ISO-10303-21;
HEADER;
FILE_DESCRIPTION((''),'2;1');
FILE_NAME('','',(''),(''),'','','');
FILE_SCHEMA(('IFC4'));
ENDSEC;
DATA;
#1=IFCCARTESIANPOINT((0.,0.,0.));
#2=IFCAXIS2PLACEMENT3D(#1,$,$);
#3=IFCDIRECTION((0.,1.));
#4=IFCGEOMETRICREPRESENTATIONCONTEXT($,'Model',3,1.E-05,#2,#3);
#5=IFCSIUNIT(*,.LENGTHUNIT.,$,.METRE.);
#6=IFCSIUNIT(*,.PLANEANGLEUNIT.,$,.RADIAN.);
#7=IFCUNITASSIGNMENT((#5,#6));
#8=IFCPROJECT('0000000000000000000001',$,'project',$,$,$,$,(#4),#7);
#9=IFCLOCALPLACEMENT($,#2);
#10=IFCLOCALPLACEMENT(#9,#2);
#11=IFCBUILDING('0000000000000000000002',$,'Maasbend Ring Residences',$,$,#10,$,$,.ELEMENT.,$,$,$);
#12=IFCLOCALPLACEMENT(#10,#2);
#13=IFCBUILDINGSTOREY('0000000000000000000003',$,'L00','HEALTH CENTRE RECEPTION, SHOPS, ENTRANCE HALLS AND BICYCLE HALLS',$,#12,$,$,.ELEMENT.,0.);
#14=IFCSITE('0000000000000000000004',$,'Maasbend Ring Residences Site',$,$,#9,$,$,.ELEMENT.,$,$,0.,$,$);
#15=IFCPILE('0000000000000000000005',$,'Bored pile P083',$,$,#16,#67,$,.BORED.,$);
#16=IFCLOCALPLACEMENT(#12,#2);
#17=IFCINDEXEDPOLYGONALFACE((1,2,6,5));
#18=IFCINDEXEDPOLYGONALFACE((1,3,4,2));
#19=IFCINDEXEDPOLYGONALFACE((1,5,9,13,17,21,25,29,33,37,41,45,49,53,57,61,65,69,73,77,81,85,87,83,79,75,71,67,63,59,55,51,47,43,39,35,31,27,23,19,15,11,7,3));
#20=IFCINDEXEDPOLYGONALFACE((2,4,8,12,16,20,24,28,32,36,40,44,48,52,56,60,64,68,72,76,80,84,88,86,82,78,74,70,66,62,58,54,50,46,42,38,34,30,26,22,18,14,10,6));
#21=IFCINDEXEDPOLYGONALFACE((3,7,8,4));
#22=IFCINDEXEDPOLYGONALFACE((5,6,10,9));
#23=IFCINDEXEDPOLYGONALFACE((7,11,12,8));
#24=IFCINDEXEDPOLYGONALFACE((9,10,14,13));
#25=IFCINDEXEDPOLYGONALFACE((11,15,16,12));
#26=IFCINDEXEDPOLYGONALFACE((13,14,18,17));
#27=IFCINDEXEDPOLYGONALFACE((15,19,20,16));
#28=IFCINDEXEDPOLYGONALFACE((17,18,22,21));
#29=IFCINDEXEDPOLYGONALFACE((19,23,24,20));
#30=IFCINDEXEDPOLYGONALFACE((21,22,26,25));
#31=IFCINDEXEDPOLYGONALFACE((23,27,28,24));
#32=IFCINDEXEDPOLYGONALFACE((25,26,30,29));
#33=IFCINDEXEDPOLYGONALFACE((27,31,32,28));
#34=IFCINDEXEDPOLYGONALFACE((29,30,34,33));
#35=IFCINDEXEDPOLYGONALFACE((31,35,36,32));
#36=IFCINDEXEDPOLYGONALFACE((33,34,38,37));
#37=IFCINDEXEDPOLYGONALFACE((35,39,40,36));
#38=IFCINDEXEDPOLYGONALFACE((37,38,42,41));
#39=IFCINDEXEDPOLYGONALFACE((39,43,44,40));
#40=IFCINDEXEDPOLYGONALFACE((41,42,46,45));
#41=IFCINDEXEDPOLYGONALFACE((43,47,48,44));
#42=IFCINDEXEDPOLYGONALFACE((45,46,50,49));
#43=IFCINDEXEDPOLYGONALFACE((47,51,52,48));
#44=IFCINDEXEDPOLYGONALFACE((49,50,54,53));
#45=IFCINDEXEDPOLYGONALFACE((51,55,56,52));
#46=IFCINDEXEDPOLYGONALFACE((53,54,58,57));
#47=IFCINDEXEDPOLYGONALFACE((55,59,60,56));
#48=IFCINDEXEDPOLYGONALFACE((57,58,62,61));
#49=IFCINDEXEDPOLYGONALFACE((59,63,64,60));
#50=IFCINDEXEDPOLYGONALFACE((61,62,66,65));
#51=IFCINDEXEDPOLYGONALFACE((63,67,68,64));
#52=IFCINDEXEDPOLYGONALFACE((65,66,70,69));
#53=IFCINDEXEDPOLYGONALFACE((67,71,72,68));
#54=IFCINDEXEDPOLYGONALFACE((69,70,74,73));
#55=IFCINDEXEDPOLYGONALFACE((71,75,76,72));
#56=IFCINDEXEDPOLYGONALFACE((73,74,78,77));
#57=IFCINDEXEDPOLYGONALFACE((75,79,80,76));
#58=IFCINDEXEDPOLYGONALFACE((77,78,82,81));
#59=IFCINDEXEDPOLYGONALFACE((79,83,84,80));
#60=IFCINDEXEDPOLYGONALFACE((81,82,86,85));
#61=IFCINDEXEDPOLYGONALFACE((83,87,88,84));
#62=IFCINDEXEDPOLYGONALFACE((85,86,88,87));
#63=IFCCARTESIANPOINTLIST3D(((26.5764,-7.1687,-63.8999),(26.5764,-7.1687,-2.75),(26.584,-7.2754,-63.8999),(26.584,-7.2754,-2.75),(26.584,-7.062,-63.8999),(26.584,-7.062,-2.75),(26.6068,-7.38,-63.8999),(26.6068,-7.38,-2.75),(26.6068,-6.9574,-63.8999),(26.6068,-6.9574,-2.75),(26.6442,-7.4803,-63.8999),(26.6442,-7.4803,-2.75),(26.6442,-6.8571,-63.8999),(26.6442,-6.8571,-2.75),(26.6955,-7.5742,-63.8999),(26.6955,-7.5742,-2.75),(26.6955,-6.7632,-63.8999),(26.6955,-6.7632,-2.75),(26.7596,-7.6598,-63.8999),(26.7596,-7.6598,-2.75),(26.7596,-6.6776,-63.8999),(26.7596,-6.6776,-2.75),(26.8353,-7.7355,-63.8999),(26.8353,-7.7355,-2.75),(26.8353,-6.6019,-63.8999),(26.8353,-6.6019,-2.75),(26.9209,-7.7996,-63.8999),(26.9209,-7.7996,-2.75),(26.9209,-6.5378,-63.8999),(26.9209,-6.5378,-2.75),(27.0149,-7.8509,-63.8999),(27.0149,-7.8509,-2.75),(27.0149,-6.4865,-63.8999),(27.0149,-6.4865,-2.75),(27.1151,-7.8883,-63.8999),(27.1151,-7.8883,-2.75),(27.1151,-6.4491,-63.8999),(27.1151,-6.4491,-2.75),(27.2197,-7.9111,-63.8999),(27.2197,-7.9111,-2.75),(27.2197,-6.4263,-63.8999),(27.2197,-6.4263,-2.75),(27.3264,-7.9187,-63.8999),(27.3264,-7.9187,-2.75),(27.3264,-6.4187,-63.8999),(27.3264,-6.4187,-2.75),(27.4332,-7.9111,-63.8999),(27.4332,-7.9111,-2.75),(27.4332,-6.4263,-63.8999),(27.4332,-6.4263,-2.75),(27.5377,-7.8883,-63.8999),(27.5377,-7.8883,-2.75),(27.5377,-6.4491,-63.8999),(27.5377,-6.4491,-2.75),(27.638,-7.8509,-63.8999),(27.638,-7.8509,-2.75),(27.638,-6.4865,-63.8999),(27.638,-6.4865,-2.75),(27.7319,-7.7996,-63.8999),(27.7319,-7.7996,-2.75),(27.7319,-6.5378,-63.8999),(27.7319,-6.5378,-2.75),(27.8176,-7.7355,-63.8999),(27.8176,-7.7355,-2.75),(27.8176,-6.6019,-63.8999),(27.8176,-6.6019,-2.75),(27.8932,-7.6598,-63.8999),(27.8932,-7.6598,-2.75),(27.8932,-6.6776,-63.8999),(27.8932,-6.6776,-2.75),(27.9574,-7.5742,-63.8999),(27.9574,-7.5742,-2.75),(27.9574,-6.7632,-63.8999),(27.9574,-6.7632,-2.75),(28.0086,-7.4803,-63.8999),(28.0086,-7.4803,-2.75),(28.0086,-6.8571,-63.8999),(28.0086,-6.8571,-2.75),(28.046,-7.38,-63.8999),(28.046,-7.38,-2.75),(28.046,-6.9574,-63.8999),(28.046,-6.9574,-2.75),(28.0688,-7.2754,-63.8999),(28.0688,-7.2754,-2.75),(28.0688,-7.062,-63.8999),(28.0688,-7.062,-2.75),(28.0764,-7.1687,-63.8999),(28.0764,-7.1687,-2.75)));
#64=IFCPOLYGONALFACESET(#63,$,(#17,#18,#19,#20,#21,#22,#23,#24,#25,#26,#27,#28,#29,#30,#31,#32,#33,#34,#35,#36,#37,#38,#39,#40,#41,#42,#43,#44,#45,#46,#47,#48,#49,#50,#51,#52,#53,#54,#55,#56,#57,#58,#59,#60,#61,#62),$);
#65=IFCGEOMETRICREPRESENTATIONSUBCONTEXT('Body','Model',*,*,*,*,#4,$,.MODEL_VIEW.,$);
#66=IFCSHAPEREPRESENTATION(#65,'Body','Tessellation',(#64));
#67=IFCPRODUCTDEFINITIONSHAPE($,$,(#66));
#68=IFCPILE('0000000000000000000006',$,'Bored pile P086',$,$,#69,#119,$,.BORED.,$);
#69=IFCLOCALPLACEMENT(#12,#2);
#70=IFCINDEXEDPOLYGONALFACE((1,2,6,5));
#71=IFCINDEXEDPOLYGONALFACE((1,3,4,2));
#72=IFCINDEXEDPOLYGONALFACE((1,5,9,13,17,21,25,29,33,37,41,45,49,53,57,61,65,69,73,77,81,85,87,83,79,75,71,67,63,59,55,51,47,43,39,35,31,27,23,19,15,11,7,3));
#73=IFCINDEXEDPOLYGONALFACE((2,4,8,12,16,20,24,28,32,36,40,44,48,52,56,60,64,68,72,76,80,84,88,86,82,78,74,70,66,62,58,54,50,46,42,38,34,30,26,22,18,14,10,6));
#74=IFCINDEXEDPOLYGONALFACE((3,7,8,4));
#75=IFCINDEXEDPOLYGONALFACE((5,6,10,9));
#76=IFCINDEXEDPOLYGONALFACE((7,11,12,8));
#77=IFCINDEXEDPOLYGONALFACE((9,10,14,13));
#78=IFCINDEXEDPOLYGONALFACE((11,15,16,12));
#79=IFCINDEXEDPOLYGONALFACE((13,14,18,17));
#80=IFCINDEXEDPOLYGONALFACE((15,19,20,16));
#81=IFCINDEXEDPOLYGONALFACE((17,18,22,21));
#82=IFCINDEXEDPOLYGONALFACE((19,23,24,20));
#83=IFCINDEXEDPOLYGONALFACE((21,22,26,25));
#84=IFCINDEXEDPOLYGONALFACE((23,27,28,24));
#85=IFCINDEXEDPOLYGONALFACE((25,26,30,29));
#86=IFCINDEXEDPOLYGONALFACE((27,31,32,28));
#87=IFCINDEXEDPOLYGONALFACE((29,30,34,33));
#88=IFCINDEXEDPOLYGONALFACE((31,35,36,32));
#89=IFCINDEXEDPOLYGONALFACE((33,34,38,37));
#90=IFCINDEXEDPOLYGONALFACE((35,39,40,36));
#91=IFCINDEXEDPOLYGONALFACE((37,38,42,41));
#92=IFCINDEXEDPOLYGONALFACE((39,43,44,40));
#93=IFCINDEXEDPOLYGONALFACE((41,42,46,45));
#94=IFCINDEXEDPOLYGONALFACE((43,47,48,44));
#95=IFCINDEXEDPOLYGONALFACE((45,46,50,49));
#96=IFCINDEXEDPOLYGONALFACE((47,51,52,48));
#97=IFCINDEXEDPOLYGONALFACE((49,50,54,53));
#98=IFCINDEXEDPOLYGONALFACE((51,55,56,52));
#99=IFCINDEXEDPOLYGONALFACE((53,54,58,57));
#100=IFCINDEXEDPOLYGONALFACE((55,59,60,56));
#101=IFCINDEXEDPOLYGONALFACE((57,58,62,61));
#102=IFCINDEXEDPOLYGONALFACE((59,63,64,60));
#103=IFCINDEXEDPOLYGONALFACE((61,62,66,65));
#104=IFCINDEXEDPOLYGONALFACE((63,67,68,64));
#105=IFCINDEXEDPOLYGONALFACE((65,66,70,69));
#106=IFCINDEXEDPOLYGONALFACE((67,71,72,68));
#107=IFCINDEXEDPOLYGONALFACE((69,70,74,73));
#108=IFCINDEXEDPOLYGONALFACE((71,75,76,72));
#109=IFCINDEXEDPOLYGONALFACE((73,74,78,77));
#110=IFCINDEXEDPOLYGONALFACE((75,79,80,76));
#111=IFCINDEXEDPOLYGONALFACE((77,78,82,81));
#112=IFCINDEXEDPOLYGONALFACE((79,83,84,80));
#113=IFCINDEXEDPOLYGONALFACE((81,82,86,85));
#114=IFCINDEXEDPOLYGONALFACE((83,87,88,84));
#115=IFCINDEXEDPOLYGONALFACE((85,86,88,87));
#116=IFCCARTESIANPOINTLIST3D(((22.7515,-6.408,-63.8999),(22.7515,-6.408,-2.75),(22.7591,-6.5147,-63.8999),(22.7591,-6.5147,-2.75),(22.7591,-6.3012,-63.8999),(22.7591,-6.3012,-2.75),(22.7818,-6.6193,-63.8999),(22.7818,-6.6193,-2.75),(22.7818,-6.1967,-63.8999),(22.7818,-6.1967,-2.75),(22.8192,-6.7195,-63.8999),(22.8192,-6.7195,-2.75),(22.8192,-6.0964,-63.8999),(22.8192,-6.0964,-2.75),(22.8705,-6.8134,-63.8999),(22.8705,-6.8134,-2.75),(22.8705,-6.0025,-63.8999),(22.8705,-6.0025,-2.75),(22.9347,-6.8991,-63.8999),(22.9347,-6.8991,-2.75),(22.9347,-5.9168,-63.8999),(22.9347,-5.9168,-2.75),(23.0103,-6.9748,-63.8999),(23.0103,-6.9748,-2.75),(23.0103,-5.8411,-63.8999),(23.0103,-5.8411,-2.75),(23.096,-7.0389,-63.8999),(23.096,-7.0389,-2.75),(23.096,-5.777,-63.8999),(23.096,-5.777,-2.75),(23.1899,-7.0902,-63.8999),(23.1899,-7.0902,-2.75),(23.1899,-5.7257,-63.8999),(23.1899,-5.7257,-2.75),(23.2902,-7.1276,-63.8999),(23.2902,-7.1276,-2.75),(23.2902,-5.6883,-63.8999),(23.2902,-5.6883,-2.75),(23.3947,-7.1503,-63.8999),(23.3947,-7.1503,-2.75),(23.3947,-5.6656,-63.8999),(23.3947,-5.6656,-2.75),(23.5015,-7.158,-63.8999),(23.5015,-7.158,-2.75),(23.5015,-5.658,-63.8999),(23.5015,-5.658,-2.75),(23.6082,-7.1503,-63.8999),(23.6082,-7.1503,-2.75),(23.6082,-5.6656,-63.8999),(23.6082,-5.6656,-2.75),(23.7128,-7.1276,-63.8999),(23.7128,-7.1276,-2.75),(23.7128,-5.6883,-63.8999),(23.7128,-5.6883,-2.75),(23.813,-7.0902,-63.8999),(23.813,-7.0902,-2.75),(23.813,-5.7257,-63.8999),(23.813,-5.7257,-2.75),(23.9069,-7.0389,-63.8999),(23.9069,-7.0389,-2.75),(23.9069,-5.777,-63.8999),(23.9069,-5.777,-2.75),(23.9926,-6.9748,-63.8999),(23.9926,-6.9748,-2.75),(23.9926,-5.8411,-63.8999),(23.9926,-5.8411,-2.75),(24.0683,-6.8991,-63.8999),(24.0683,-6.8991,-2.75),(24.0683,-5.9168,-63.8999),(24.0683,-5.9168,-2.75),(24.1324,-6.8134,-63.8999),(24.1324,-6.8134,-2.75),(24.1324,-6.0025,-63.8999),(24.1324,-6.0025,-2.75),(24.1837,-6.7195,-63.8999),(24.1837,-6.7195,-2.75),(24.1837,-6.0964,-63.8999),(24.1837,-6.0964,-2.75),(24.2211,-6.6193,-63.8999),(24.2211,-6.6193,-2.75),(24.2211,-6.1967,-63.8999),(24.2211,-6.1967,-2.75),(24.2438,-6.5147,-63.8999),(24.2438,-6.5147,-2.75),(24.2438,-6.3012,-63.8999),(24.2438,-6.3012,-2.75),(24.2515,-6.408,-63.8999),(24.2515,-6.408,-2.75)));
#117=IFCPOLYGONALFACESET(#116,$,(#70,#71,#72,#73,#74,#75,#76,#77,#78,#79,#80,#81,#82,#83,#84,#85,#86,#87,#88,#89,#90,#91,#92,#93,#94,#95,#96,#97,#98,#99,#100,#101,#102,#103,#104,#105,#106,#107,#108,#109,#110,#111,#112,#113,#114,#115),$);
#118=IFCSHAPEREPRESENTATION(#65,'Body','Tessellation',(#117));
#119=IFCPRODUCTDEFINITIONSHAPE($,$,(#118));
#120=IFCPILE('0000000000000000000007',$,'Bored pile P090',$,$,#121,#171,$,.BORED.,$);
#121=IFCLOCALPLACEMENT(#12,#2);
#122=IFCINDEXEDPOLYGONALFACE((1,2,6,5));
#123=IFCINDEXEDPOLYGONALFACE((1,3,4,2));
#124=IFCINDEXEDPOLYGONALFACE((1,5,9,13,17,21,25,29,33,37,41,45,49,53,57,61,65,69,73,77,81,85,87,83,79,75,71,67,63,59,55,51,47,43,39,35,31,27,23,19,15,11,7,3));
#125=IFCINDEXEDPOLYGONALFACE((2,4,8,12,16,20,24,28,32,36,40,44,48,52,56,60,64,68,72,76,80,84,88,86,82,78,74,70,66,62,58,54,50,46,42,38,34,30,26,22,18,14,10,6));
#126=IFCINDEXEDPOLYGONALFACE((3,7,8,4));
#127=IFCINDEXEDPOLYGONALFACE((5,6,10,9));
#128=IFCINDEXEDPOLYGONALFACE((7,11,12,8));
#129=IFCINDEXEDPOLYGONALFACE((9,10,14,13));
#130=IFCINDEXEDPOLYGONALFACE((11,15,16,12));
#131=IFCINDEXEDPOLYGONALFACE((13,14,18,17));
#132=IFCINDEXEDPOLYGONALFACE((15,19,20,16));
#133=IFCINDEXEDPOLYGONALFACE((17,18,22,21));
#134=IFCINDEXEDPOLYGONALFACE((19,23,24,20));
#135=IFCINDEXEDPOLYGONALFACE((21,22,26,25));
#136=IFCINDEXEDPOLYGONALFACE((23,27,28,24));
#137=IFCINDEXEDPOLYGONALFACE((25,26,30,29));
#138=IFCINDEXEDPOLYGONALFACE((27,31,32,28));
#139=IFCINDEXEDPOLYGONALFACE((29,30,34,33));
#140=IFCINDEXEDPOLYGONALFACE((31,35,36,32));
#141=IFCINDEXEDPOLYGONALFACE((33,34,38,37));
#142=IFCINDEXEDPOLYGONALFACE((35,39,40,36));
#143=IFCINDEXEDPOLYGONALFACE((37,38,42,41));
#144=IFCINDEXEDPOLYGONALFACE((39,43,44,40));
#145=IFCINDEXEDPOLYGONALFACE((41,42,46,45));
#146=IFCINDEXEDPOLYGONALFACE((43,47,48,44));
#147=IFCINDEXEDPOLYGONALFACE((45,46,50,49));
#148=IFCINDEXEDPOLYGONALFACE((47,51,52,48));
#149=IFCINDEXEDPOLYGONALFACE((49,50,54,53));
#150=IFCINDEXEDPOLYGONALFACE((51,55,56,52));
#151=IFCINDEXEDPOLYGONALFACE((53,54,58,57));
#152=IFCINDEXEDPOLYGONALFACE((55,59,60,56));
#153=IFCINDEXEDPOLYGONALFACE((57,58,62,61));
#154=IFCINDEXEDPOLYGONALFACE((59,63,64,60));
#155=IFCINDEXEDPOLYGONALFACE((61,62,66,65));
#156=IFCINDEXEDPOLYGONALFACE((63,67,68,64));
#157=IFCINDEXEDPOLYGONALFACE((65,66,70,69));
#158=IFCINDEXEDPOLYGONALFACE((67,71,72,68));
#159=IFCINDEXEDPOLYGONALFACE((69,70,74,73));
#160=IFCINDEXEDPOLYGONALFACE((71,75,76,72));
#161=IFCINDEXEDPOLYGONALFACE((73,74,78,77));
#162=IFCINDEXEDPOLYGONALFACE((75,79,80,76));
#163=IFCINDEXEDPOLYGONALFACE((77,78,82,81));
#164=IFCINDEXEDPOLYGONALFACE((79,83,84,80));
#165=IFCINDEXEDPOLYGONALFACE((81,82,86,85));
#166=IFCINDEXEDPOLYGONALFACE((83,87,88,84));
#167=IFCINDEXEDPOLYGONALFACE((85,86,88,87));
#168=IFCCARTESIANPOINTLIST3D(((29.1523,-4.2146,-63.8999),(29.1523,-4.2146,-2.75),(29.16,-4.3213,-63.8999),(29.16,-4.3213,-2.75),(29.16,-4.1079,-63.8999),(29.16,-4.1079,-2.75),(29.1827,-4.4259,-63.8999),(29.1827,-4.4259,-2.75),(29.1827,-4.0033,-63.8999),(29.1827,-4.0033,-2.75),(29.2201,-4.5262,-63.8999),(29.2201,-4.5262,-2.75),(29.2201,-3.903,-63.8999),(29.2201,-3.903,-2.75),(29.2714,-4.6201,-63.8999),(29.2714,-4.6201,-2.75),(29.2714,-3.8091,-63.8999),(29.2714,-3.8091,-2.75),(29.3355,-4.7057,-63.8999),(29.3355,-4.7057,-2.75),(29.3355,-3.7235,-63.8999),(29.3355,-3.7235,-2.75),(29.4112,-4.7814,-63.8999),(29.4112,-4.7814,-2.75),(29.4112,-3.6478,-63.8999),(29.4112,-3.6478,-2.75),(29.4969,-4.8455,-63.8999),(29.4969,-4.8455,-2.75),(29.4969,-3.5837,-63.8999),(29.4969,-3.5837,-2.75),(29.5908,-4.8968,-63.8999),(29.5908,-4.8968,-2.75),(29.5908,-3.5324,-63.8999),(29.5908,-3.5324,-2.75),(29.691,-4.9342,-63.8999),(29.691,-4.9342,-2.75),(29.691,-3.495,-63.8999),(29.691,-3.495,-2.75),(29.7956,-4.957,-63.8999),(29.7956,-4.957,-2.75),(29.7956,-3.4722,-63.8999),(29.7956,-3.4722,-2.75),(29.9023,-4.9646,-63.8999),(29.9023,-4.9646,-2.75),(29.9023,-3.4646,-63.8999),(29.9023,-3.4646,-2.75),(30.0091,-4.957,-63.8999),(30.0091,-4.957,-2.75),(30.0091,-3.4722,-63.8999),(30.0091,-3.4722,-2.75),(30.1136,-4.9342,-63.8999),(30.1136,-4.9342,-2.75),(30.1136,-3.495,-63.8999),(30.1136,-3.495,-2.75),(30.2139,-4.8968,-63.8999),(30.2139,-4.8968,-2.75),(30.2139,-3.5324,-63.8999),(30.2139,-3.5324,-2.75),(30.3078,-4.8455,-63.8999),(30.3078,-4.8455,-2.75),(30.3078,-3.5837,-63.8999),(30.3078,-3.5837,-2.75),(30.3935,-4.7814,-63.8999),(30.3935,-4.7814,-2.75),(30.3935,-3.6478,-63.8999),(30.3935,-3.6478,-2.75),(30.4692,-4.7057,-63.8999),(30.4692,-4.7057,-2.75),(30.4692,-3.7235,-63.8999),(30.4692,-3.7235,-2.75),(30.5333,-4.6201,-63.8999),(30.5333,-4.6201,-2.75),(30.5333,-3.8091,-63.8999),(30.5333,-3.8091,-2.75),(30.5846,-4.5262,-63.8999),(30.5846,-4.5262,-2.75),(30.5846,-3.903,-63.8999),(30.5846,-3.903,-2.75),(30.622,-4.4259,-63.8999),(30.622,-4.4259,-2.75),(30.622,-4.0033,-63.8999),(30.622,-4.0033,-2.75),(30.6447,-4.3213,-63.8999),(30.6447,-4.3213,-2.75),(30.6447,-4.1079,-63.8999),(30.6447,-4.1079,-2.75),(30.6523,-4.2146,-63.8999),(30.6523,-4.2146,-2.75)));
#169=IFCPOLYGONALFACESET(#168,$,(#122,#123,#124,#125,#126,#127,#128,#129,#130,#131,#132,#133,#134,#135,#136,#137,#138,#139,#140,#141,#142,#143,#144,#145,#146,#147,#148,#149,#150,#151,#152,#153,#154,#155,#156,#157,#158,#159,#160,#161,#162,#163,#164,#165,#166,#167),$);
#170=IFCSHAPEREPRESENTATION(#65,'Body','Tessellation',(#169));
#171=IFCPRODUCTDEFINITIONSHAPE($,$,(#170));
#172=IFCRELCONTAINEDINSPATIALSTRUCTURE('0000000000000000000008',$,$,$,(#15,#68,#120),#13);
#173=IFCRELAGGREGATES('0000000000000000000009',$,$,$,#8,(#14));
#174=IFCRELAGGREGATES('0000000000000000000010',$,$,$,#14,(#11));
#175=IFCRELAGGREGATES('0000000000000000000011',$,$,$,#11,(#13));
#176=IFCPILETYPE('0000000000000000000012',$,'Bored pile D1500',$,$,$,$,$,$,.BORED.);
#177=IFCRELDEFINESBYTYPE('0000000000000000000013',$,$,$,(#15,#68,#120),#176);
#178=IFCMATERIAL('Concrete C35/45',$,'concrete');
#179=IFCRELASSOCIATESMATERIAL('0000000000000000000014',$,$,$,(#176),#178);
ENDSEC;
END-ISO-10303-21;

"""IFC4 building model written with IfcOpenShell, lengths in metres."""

from ifc_helpers import new_model, si_unit, direction, frame, origin, origin_2d, place, context, subcontext, project, spatial, circle, extrude, material, material_profile, profile_set, type_object, element, save


model = new_model("IFC4")

# Units and contexts
model_context = context("Model", 3, precision=1e-05, world=origin(), true_north=direction((0.0, 1.0)))
body_context = subcontext(model_context, "Body", "Model", "MODEL_VIEW")
ifc_project = project(units=[si_unit("LENGTHUNIT", "METRE"), si_unit("PLANEANGLEUNIT", "RADIAN")], contexts=[model_context])

# Site, building, storey
site_placement = place(None, origin())
site = spatial("IfcSite", under=ifc_project, at=site_placement, Name="Maasbend Ring Residences Site", CompositionType="ELEMENT", RefElevation=0.0)
building_placement = place(site_placement, origin())
building = spatial("IfcBuilding", under=site, at=building_placement, Name="Maasbend Ring Residences", CompositionType="ELEMENT")
storey_placement = place(building_placement, origin())
storey = spatial("IfcBuildingStorey", under=building, at=storey_placement, Name="L00", Description="HEALTH CENTRE RECEPTION, SHOPS, ENTRANCE HALLS AND BICYCLE HALLS", CompositionType="ELEMENT", Elevation=0.0)

# Piles
ifc_material_1 = material(Name="Concrete C35/45", Category="concrete")
ifc_material_profile_1 = material_profile(ifc_material_1, circle(Radius=0.75, at=origin_2d()), Name="Bored pile D1500")
ifc_profile_set_1 = profile_set([ifc_material_profile_1], Name="Concrete C35/45")
pile_type = type_object("IfcPileType", Name="Bored pile D1500", PredefinedType="BORED", material=ifc_profile_set_1)
for number, where, z_axis, x_axis, name in (
    (1, (27.3264, -7.1687, -2.75), (0.0, 0.0, -1.0), (1.0, 0.0, 0.0), "Bored pile P083"),
    (2, (23.5015, -6.408, -2.75), (0.0, 0.0, -1.0), (1.0, 0.0, 0.0), "Bored pile P086"),
    (3, (29.9023, -4.2146, -2.75), (0.0, 0.0, -1.0), (1.0, 0.0, 0.0), "Bored pile P090"),
):
    element("IfcPile", number, at=place(storey_placement, frame(where, z_axis=z_axis, x_axis=x_axis)), inside=storey, type_object=pile_type, Name=name, PredefinedType="BORED", context=body_context, shape_type="SweptSolid", body=[
        extrude(circle(Radius=0.75, at=origin_2d()), origin(), (0.0, 0.0, 1.0), 61.1499),
    ])

save(model, "model.ifc")
